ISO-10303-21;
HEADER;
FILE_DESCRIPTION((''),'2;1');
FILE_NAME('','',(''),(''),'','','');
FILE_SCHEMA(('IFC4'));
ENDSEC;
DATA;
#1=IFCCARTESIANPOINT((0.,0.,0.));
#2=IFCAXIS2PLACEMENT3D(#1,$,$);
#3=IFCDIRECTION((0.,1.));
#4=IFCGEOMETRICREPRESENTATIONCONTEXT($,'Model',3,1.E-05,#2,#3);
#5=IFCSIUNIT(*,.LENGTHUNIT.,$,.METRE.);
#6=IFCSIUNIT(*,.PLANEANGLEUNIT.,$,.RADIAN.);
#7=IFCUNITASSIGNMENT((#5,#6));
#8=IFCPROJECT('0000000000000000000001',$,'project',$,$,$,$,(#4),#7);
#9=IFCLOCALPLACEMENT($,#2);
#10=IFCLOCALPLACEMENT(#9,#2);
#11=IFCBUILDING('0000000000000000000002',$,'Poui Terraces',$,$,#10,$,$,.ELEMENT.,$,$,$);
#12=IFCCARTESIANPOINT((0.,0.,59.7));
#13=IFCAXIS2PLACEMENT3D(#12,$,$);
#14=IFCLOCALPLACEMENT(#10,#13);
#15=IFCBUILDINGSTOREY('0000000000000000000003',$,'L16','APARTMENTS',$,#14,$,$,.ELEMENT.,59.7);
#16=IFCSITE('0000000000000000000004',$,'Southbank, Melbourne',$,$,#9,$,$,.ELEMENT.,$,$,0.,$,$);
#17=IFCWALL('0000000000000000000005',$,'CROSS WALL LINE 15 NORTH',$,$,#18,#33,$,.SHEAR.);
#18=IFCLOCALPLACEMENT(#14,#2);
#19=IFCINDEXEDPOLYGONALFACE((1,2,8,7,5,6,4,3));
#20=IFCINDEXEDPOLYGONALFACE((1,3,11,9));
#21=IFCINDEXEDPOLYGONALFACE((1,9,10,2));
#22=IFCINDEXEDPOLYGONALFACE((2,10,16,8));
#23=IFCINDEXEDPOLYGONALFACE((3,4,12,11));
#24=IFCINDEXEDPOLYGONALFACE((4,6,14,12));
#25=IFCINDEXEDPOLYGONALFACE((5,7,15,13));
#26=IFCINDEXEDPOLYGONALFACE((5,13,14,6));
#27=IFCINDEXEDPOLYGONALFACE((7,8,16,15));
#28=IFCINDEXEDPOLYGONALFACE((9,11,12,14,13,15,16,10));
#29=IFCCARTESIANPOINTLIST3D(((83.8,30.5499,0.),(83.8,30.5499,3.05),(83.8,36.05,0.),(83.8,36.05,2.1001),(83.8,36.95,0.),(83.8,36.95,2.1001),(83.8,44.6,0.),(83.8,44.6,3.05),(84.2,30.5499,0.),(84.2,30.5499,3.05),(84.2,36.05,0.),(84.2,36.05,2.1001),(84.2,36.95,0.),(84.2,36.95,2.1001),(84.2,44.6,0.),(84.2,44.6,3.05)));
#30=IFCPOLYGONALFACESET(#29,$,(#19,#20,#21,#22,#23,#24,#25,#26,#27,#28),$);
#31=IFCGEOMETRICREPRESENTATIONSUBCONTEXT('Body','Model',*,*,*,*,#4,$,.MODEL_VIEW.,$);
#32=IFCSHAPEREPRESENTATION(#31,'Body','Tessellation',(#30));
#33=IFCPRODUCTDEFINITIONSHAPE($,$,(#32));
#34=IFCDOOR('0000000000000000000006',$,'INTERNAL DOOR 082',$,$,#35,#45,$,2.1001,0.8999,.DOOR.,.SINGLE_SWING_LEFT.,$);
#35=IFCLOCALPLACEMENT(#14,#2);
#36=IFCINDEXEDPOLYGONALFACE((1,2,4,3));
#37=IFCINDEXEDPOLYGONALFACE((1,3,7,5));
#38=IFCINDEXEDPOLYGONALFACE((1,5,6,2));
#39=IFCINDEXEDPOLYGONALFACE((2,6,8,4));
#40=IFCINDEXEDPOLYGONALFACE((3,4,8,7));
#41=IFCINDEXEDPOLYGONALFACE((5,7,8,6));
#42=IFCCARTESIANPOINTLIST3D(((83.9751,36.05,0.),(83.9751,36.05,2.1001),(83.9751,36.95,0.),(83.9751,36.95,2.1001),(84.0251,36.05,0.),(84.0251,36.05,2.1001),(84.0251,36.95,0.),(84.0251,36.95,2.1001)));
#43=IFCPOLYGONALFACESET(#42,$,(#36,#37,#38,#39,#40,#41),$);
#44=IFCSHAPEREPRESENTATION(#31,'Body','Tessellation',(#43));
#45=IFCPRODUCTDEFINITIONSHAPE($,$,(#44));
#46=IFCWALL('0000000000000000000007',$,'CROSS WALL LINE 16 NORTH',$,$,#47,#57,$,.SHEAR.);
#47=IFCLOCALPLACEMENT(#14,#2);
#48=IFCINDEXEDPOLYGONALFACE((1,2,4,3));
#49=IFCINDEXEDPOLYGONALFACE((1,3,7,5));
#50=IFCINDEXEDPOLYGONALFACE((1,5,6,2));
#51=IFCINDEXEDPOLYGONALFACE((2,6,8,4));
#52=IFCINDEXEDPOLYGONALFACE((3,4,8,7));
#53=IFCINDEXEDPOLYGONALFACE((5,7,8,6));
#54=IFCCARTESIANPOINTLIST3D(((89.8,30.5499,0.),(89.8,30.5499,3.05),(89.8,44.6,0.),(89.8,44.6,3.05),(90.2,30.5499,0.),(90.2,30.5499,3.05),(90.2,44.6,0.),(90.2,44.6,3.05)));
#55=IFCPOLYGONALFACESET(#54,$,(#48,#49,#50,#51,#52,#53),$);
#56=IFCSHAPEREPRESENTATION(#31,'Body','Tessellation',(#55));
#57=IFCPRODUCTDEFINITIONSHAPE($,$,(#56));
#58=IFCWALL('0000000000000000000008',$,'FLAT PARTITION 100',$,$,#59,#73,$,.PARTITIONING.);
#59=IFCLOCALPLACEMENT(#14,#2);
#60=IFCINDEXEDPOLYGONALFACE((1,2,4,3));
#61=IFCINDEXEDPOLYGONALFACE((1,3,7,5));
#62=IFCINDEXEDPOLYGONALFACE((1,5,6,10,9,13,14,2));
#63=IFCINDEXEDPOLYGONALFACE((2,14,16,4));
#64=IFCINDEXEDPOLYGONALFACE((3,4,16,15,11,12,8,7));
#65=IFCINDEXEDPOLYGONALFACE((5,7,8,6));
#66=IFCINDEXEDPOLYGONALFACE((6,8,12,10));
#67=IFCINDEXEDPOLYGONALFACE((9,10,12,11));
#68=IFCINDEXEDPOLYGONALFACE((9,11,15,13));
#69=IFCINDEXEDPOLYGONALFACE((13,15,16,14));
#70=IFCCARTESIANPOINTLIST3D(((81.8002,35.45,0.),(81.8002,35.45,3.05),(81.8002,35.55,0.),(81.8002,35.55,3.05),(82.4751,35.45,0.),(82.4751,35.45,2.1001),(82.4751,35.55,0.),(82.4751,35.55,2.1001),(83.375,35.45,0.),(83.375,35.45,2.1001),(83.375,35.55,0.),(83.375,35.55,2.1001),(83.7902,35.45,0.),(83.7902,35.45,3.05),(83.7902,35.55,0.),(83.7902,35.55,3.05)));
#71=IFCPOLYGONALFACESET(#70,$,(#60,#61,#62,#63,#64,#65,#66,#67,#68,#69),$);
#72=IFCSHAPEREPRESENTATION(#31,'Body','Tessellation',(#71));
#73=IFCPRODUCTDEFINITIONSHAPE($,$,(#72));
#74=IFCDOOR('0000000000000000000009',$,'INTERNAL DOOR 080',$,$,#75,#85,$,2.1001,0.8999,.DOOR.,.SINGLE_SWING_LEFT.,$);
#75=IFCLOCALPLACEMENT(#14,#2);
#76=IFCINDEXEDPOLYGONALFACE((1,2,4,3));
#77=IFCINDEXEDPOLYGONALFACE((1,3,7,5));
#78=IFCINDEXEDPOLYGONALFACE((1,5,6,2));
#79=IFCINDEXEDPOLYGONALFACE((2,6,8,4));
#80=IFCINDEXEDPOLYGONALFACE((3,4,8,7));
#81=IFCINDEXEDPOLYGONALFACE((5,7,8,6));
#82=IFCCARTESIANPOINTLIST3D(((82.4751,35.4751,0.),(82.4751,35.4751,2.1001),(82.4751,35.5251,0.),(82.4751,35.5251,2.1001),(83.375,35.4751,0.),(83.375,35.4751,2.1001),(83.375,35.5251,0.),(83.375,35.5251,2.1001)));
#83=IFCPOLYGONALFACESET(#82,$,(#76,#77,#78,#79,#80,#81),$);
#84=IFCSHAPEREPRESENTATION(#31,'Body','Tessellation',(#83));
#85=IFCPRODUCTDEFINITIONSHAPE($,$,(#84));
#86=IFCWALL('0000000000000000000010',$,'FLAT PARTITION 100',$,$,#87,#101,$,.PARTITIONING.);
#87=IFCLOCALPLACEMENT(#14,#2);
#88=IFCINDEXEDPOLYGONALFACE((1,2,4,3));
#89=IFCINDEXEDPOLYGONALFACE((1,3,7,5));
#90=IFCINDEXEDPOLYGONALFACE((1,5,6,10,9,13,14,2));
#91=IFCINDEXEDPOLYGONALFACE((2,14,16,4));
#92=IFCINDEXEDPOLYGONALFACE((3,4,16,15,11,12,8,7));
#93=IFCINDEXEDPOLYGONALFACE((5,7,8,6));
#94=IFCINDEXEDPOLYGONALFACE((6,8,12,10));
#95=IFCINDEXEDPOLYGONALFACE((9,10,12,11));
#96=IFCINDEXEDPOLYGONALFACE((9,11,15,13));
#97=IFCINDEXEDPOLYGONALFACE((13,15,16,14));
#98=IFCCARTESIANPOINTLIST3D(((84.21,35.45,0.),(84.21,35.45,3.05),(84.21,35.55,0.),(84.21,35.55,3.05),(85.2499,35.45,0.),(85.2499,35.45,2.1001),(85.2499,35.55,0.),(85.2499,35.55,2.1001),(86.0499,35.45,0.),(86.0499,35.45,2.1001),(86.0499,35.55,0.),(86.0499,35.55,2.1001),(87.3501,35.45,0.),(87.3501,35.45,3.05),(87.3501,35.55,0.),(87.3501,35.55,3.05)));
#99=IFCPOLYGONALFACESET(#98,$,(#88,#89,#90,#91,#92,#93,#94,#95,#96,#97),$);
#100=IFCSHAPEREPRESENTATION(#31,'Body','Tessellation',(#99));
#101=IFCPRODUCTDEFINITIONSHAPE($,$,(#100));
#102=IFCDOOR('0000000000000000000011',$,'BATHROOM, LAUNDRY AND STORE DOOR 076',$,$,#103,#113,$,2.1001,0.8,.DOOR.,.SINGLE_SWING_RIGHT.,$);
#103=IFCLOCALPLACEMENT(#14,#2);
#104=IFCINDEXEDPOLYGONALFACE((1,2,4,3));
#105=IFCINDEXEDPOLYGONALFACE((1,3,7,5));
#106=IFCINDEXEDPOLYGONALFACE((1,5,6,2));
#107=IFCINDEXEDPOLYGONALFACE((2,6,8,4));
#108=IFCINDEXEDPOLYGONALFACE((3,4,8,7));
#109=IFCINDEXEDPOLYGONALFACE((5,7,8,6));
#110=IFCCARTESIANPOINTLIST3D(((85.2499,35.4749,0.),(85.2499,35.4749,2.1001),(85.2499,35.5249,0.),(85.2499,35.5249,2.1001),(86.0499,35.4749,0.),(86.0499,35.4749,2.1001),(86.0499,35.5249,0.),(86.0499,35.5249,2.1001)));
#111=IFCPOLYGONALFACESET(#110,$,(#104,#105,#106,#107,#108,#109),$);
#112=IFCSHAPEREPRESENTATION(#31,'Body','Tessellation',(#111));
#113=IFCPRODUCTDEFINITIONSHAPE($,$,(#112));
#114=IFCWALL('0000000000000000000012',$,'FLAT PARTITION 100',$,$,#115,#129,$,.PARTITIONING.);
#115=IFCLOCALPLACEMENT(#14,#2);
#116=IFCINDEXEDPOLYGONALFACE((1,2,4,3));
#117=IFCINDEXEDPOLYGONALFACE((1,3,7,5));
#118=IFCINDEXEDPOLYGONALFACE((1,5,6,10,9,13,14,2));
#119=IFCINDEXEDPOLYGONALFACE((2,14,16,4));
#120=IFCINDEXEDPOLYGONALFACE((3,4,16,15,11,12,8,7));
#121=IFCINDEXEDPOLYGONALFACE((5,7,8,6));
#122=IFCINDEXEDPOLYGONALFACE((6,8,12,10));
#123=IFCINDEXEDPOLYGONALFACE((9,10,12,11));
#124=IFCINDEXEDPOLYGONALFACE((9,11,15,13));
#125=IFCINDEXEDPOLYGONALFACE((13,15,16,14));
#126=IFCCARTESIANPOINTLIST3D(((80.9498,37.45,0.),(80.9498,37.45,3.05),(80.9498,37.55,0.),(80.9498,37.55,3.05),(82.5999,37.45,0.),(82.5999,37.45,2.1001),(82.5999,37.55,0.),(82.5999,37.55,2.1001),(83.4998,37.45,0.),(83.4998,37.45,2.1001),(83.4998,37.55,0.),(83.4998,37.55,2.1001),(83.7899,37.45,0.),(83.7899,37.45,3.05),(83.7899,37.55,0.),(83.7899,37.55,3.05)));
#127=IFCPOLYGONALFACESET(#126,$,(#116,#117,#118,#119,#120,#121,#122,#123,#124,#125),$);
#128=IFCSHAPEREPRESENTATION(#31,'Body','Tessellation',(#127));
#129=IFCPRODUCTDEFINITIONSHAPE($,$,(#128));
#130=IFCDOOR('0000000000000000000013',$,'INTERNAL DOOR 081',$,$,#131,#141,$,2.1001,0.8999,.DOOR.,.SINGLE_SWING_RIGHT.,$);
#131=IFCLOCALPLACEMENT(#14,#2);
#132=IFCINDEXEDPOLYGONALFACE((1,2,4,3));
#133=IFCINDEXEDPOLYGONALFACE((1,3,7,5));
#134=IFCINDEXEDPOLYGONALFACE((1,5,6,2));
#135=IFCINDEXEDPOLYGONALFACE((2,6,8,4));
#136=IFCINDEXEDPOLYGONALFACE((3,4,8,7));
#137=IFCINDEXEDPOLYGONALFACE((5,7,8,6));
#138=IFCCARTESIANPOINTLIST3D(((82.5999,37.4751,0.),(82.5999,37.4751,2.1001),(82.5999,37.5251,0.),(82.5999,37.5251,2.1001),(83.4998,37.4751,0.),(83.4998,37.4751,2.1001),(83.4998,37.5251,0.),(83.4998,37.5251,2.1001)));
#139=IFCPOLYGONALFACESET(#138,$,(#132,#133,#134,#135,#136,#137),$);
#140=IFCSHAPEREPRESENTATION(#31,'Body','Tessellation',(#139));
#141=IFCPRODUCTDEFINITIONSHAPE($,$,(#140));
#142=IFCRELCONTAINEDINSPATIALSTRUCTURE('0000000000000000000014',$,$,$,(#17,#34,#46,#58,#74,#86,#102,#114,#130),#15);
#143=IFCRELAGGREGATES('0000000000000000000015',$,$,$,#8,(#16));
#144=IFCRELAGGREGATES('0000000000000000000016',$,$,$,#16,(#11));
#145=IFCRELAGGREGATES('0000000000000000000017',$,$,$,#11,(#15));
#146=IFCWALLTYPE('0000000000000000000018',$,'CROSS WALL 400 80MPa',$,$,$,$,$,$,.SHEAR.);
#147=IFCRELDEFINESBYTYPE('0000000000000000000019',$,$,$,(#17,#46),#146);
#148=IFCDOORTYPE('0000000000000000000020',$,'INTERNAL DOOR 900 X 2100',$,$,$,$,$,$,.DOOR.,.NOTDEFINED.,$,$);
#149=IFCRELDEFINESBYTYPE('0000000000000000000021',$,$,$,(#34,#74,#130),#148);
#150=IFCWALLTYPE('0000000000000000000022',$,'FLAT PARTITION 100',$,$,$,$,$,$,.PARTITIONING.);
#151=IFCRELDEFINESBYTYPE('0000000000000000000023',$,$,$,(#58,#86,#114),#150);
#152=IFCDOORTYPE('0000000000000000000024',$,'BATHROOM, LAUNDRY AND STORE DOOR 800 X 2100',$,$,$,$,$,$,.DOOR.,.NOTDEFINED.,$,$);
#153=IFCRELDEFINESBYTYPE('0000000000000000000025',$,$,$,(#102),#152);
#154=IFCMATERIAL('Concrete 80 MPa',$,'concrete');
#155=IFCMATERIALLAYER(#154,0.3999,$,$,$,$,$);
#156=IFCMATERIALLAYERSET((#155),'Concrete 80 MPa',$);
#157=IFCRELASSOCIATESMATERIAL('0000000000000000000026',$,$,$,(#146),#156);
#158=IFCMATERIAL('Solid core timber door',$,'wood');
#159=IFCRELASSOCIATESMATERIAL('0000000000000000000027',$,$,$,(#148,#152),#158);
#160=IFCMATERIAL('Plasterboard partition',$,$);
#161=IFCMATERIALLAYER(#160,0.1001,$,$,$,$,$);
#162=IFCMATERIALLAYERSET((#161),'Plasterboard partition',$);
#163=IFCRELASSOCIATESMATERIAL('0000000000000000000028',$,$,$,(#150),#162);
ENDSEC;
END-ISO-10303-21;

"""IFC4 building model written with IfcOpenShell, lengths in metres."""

from ifc_helpers import new_model, si_unit, direction, frame, frame_2d, origin, place, context, subcontext, project, spatial, rectangle, extrude, material, layer, layer_set, type_object, element, fill, save


model = new_model("IFC4")

# Units and contexts
model_context = context("Model", 3, precision=1e-05, world=origin(), true_north=direction((0.0, 1.0)))
body_context = subcontext(model_context, "Body", "Model", "MODEL_VIEW")
ifc_project = project(units=[si_unit("LENGTHUNIT", "METRE"), si_unit("PLANEANGLEUNIT", "RADIAN")], contexts=[model_context])

# Site, building, storey
site_placement = place(None, origin())
site = spatial("IfcSite", under=ifc_project, at=site_placement, Name="Southbank, Melbourne", CompositionType="ELEMENT", RefElevation=0.0)
building_placement = place(site_placement, origin())
building = spatial("IfcBuilding", under=site, at=building_placement, Name="Poui Terraces", CompositionType="ELEMENT")
storey_placement = place(building_placement, frame((0.0, 0.0, 59.7)))
storey = spatial("IfcBuildingStorey", under=building, at=storey_placement, Name="L16", Description="APARTMENTS", CompositionType="ELEMENT", Elevation=59.7)

# Wall, opening, door
ifc_material_1 = material(Name="Concrete 80 MPa", Category="concrete")
ifc_layer_1 = layer(ifc_material_1, 0.3999)
ifc_layer_set_1 = layer_set([ifc_layer_1], Name="Concrete 80 MPa")
wall_type_1 = type_object("IfcWallType", Name="CROSS WALL 400 80MPa", PredefinedType="SHEAR", material=ifc_layer_set_1)
wall_1_placement = place(storey_placement, frame((84.0, 30.55, 0.0), z_axis=(0.0, 0.0, 1.0), x_axis=(0.0, 1.0, 0.0)))
wall_1 = element("IfcWall", 1, at=wall_1_placement, inside=storey, type_object=wall_type_1, Name="CROSS WALL LINE 15 NORTH", PredefinedType="SHEAR", context=body_context, shape_type="SweptSolid", body=[
    extrude(rectangle(XDim=14.05, YDim=0.3999, at=frame_2d((7.0249, 0.0))), origin(), (0.0, 0.0, 1.0), 3.05),
])
opening_1_placement = place(wall_1_placement, frame((5.5, 0.0, 0.0)))
opening_1 = element("IfcOpeningElement", 2, at=opening_1_placement, cuts=wall_1, PredefinedType="OPENING", context=body_context, shape_type="SweptSolid", body=[
    extrude(rectangle(XDim=0.8999, YDim=2.1001, at=frame_2d((0.45, 1.05))), frame((0.0, 0.21, 0.0), z_axis=(0.0, -1.0, 0.0), x_axis=(1.0, 0.0, 0.0)), (0.0, 0.0, 1.0), 0.4199),
])
ifc_material_2 = material(Name="Solid core timber door", Category="wood")
door_type_1 = type_object("IfcDoorType", Name="INTERNAL DOOR 900 X 2100", OperationType="NOTDEFINED", PredefinedType="DOOR", material=ifc_material_2)
door_1_placement = place(opening_1_placement, origin())
door_1 = element("IfcDoor", 3, at=door_1_placement, inside=storey, type_object=door_type_1, Name="INTERNAL DOOR 082", OperationType="SINGLE_SWING_LEFT", OverallHeight=2.1001, OverallWidth=0.8999, PredefinedType="DOOR", context=body_context, shape_type="SweptSolid", body=[
    extrude(rectangle(XDim=0.8999, YDim=2.1001, at=frame_2d((0.45, 1.05))), frame((0.0, 0.0249, 0.0), z_axis=(0.0, -1.0, 0.0), x_axis=(1.0, 0.0, 0.0)), (0.0, 0.0, 1.0), 0.05),
])
fill(opening_1, door_1)

# Wall
wall_2_placement = place(storey_placement, frame((90.0, 30.55, 0.0), z_axis=(0.0, 0.0, 1.0), x_axis=(0.0, 1.0, 0.0)))
element("IfcWall", 4, at=wall_2_placement, inside=storey, type_object=wall_type_1, Name="CROSS WALL LINE 16 NORTH", PredefinedType="SHEAR", context=body_context, shape_type="SweptSolid", body=[
    extrude(rectangle(XDim=14.05, YDim=0.3999, at=frame_2d((7.0249, 0.0))), origin(), (0.0, 0.0, 1.0), 3.05),
])

# Walls, openings, doors
ifc_material_3 = material(Name="Plasterboard partition")
ifc_layer_2 = layer(ifc_material_3, 0.1001)
ifc_layer_set_2 = layer_set([ifc_layer_2], Name="Plasterboard partition")
wall_type_2 = type_object("IfcWallType", Name="FLAT PARTITION 100", PredefinedType="PARTITIONING", material=ifc_layer_set_2)
wall_3_placement = place(storey_placement, frame((81.8, 35.5, 0.0), z_axis=(0.0, 0.0, 1.0), x_axis=(1.0, 0.0, 0.0)))
wall_3 = element("IfcWall", 5, at=wall_3_placement, inside=storey, type_object=wall_type_2, Name="FLAT PARTITION 100", PredefinedType="PARTITIONING", context=body_context, shape_type="SweptSolid", body=[
    extrude(rectangle(XDim=1.99, YDim=0.1001, at=frame_2d((0.9951, 0.0))), origin(), (0.0, 0.0, 1.0), 3.05),
])
opening_2_placement = place(wall_3_placement, frame((0.675, 0.0, 0.0)))
opening_2 = element("IfcOpeningElement", 6, at=opening_2_placement, cuts=wall_3, PredefinedType="OPENING", context=body_context, shape_type="SweptSolid", body=[
    extrude(rectangle(XDim=0.8999, YDim=2.1001, at=frame_2d((0.45, 1.05))), frame((0.0, 0.0601, 0.0), z_axis=(0.0, -1.0, 0.0), x_axis=(1.0, 0.0, 0.0)), (0.0, 0.0, 1.0), 0.1201),
])
door_2_placement = place(opening_2_placement, frame((0.8999, 0.0, 0.0), z_axis=(0.0, 0.0, 1.0), x_axis=(-1.0, 0.0, 0.0)))
door_2 = element("IfcDoor", 7, at=door_2_placement, inside=storey, type_object=door_type_1, Name="INTERNAL DOOR 080", OperationType="SINGLE_SWING_LEFT", OverallHeight=2.1001, OverallWidth=0.8999, PredefinedType="DOOR", context=body_context, shape_type="SweptSolid", body=[
    extrude(rectangle(XDim=0.8999, YDim=2.1001, at=frame_2d((0.45, 1.05))), frame((0.0, 0.0249, 0.0), z_axis=(0.0, -1.0, 0.0), x_axis=(1.0, 0.0, 0.0)), (0.0, 0.0, 1.0), 0.05),
])
fill(opening_2, door_2)
wall_4_placement = place(storey_placement, frame((84.21, 35.5, 0.0), z_axis=(0.0, 0.0, 1.0), x_axis=(1.0, 0.0, 0.0)))
wall_4 = element("IfcWall", 8, at=wall_4_placement, inside=storey, type_object=wall_type_2, Name="FLAT PARTITION 100", PredefinedType="PARTITIONING", context=body_context, shape_type="SweptSolid", body=[
    extrude(rectangle(XDim=3.1401, YDim=0.1001, at=frame_2d((1.5701, 0.0))), origin(), (0.0, 0.0, 1.0), 3.05),
])
opening_3_placement = place(wall_4_placement, frame((1.04, 0.0, 0.0)))
opening_3 = element("IfcOpeningElement", 9, at=opening_3_placement, cuts=wall_4, PredefinedType="OPENING", context=body_context, shape_type="SweptSolid", body=[
    extrude(rectangle(XDim=0.8, YDim=2.1001, at=frame_2d((0.3999, 1.05))), frame((0.0, 0.0601, 0.0), z_axis=(0.0, -1.0, 0.0), x_axis=(1.0, 0.0, 0.0)), (0.0, 0.0, 1.0), 0.1201),
])
door_type_2 = type_object("IfcDoorType", Name="BATHROOM, LAUNDRY AND STORE DOOR 800 X 2100", OperationType="NOTDEFINED", PredefinedType="DOOR", material=ifc_material_2)
door_3_placement = place(opening_3_placement, origin())
door_3 = element("IfcDoor", 10, at=door_3_placement, inside=storey, type_object=door_type_2, Name="BATHROOM, LAUNDRY AND STORE DOOR 076", OperationType="SINGLE_SWING_RIGHT", OverallHeight=2.1001, OverallWidth=0.8, PredefinedType="DOOR", context=body_context, shape_type="SweptSolid", body=[
    extrude(rectangle(XDim=0.8, YDim=2.1001, at=frame_2d((0.3999, 1.05))), frame((0.0, 0.0249, 0.0), z_axis=(0.0, -1.0, 0.0), x_axis=(1.0, 0.0, 0.0)), (0.0, 0.0, 1.0), 0.05),
])
fill(opening_3, door_3)
wall_5_placement = place(storey_placement, frame((80.95, 37.5, 0.0), z_axis=(0.0, 0.0, 1.0), x_axis=(1.0, 0.0, 0.0)))
wall_5 = element("IfcWall", 11, at=wall_5_placement, inside=storey, type_object=wall_type_2, Name="FLAT PARTITION 100", PredefinedType="PARTITIONING", context=body_context, shape_type="SweptSolid", body=[
    extrude(rectangle(XDim=2.8401, YDim=0.1001, at=frame_2d((1.4199, 0.0))), origin(), (0.0, 0.0, 1.0), 3.05),
])
opening_4_placement = place(wall_5_placement, frame((1.6499, 0.0, 0.0)))
opening_4 = element("IfcOpeningElement", 12, at=opening_4_placement, cuts=wall_5, PredefinedType="OPENING", context=body_context, shape_type="SweptSolid", body=[
    extrude(rectangle(XDim=0.8999, YDim=2.1001, at=frame_2d((0.45, 1.05))), frame((0.0, 0.0601, 0.0), z_axis=(0.0, -1.0, 0.0), x_axis=(1.0, 0.0, 0.0)), (0.0, 0.0, 1.0), 0.1201),
])
door_4_placement = place(opening_4_placement, frame((0.8999, 0.0, 0.0), z_axis=(0.0, 0.0, 1.0), x_axis=(-1.0, 0.0, 0.0)))
door_4 = element("IfcDoor", 13, at=door_4_placement, inside=storey, type_object=door_type_1, Name="INTERNAL DOOR 081", OperationType="SINGLE_SWING_RIGHT", OverallHeight=2.1001, OverallWidth=0.8999, PredefinedType="DOOR", context=body_context, shape_type="SweptSolid", body=[
    extrude(rectangle(XDim=0.8999, YDim=2.1001, at=frame_2d((0.45, 1.05))), frame((0.0, 0.0249, 0.0), z_axis=(0.0, -1.0, 0.0), x_axis=(1.0, 0.0, 0.0)), (0.0, 0.0, 1.0), 0.05),
])
fill(opening_4, door_4)

save(model, "model.ifc")
